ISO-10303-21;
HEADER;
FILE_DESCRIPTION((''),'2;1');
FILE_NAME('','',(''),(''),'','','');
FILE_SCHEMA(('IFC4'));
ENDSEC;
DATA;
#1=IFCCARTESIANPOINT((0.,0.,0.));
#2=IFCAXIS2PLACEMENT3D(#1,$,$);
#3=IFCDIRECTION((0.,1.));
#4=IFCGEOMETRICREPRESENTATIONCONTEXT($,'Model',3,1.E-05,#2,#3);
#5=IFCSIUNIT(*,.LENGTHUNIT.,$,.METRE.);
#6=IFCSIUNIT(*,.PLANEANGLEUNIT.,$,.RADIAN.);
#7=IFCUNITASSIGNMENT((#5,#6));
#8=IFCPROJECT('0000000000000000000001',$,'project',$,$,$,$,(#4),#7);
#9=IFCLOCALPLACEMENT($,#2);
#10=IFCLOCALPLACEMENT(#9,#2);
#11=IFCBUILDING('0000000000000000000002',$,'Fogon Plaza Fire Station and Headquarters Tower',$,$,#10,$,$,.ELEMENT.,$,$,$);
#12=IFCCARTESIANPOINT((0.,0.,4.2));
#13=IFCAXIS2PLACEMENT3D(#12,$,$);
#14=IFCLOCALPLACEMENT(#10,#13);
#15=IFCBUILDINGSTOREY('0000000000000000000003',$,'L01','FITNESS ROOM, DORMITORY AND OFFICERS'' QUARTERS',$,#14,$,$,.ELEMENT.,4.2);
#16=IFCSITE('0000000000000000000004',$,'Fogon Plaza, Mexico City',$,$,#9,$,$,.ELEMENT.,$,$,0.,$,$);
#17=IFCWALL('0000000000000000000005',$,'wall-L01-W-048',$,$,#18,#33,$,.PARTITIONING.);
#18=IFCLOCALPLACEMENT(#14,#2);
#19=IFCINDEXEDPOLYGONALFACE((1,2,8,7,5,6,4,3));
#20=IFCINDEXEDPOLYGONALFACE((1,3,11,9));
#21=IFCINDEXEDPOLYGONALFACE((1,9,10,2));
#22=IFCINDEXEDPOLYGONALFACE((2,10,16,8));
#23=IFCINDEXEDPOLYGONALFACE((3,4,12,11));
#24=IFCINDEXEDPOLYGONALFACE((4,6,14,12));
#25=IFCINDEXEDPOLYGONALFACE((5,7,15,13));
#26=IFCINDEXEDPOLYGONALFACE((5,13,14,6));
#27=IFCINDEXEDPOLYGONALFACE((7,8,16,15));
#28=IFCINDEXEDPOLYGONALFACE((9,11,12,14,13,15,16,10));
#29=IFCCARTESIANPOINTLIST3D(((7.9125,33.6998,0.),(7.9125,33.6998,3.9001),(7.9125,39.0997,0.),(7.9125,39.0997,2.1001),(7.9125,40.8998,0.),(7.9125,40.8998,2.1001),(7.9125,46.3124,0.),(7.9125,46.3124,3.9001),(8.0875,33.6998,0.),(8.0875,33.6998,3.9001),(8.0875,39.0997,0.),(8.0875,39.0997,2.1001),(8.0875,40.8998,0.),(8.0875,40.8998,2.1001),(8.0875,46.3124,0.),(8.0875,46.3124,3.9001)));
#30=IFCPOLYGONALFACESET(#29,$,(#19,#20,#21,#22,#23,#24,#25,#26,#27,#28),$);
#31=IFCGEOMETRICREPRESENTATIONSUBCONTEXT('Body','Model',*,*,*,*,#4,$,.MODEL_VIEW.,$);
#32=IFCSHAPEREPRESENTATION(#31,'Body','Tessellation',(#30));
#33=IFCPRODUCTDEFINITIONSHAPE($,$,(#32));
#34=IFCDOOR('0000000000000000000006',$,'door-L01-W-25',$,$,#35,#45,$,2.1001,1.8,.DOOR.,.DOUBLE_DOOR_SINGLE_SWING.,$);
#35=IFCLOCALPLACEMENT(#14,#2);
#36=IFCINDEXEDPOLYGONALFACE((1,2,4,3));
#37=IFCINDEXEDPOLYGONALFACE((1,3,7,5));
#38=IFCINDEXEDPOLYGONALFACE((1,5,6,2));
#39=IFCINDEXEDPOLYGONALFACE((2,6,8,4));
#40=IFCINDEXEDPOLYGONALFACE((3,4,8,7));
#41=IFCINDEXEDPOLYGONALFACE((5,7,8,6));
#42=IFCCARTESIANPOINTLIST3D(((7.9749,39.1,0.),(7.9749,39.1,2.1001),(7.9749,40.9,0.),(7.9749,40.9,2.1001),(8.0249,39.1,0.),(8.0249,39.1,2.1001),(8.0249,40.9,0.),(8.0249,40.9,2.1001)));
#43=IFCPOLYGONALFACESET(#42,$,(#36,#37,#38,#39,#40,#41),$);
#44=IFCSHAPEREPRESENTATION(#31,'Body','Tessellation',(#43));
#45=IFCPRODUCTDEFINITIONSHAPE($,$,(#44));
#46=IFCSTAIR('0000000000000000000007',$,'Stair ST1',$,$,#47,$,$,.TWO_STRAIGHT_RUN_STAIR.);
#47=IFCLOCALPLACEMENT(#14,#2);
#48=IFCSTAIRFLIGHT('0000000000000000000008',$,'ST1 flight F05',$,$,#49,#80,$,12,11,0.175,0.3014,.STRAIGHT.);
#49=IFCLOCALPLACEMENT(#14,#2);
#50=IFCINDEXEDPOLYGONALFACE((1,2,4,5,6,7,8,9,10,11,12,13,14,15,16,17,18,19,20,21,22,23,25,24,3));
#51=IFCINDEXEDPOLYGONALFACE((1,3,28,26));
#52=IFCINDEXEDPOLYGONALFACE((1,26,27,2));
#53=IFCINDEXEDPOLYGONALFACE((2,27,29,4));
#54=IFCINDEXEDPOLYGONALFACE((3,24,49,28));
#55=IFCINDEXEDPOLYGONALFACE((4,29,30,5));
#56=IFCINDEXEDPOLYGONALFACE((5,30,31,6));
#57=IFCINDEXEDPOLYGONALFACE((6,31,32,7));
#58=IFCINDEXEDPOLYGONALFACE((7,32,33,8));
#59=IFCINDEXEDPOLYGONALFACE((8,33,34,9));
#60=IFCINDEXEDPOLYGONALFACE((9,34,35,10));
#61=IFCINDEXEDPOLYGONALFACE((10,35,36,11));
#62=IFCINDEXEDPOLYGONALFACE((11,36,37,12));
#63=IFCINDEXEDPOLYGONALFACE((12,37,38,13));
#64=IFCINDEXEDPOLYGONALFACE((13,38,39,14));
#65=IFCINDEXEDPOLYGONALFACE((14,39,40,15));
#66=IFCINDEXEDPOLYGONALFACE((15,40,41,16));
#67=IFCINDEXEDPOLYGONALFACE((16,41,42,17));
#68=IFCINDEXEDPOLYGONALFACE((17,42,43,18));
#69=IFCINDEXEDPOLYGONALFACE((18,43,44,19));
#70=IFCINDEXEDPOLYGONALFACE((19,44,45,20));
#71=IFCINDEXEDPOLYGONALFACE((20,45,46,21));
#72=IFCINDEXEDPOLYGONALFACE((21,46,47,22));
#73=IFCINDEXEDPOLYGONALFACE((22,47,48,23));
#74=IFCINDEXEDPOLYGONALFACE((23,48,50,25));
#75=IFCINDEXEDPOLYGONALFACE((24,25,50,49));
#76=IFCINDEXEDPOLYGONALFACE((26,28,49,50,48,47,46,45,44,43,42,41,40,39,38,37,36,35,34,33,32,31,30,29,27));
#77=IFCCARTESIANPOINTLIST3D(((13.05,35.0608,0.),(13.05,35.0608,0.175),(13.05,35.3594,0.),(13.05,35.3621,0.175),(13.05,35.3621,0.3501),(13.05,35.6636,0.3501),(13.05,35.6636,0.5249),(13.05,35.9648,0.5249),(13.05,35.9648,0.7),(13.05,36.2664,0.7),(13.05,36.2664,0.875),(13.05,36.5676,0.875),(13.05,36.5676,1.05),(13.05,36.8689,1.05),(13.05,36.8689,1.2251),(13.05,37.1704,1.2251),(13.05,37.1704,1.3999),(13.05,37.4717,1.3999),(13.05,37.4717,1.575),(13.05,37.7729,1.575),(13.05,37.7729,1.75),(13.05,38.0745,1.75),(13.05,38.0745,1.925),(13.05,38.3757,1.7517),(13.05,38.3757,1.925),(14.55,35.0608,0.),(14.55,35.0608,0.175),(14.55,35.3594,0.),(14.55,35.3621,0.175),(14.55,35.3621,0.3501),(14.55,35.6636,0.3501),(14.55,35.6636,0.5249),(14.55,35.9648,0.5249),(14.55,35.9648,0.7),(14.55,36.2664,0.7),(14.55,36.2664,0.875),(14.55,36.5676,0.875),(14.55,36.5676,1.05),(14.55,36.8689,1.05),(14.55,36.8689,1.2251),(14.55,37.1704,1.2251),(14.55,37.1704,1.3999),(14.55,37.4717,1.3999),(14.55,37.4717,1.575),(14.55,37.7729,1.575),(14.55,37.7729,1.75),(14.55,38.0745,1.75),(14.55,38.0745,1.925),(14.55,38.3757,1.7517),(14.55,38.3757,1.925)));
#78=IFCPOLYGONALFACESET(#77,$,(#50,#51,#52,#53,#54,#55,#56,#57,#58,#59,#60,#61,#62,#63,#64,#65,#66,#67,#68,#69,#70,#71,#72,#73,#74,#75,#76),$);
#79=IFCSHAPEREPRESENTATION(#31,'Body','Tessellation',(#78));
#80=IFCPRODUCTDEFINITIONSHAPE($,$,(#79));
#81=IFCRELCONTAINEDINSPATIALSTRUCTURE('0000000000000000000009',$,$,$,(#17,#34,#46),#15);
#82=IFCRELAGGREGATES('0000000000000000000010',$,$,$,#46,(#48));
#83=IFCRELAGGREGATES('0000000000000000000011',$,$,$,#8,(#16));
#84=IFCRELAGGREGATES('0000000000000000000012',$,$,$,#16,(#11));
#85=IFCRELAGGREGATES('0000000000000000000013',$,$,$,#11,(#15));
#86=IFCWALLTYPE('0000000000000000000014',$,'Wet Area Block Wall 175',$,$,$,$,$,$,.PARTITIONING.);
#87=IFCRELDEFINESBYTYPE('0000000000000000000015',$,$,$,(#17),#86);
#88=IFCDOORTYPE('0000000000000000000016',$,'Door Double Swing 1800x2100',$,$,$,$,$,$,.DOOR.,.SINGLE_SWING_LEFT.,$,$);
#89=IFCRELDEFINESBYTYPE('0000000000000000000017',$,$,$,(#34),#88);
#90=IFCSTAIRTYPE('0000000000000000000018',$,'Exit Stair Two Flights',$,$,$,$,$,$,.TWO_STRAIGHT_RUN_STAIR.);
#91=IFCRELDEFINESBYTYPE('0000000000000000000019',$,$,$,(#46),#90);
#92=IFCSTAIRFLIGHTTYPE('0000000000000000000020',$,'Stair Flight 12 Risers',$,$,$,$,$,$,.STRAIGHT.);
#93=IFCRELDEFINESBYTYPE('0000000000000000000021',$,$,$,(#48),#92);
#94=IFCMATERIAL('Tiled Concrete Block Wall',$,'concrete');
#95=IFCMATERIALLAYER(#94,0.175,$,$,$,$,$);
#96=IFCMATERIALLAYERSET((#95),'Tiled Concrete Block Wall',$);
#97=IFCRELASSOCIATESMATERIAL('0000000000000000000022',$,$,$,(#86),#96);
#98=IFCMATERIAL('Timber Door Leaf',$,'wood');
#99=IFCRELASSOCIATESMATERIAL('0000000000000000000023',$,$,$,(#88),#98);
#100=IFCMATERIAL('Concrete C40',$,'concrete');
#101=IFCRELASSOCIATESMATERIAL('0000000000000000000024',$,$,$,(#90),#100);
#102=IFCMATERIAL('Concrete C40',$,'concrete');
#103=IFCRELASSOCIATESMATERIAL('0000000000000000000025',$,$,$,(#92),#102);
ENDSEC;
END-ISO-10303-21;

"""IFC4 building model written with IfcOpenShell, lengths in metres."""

from ifc_helpers import new_model, si_unit, direction, frame, frame_2d, origin, place, context, subcontext, project, spatial, polyline, rectangle, outline, extrude, material, layer, layer_set, type_object, element, fill, aggregate, save


model = new_model("IFC4")

# Units and contexts
model_context = context("Model", 3, precision=1e-05, world=origin(), true_north=direction((0.0, 1.0)))
body_context = subcontext(model_context, "Body", "Model", "MODEL_VIEW")
ifc_project = project(units=[si_unit("LENGTHUNIT", "METRE"), si_unit("PLANEANGLEUNIT", "RADIAN")], contexts=[model_context])

# Site, building, storey
site_placement = place(None, origin())
site = spatial("IfcSite", under=ifc_project, at=site_placement, Name="Fogon Plaza, Mexico City", CompositionType="ELEMENT", RefElevation=0.0)
building_placement = place(site_placement, origin())
building = spatial("IfcBuilding", under=site, at=building_placement, Name="Fogon Plaza Fire Station and Headquarters Tower", CompositionType="ELEMENT")
storey_placement = place(building_placement, frame((0.0, 0.0, 4.2)))
storey = spatial("IfcBuildingStorey", under=building, at=storey_placement, Name="L01", Description="FITNESS ROOM, DORMITORY AND OFFICERS' QUARTERS", CompositionType="ELEMENT", Elevation=4.2)

# Shared definitions
ifc_material_1 = material(Name="Tiled Concrete Block Wall", Category="concrete")
ifc_layer_1 = layer(ifc_material_1, 0.175)
ifc_layer_set_1 = layer_set([ifc_layer_1], Name="Tiled Concrete Block Wall")
wall_type_1 = type_object("IfcWallType", Name="Wet Area Block Wall 175", PredefinedType="PARTITIONING", material=ifc_layer_set_1)

# Wall, opening, door
wall_1_placement = place(storey_placement, frame((8.0, 33.7, 0.0), z_axis=(0.0, 0.0, 1.0), x_axis=(0.0, 1.0, 0.0)))
wall_1 = element("IfcWall", 1, at=wall_1_placement, inside=storey, type_object=wall_type_1, Name="wall-L01-W-048", PredefinedType="PARTITIONING", context=body_context, shape_type="SweptSolid", body=[
    extrude(rectangle(XDim=12.6125, YDim=0.175, at=frame_2d((6.3062, 0.0))), origin(), (0.0, 0.0, 1.0), 3.9001),
])
opening_1_placement = place(wall_1_placement, frame((5.3999, 0.0, 0.0)))
opening_1 = element("IfcOpeningElement", 2, at=opening_1_placement, cuts=wall_1, PredefinedType="OPENING", context=body_context, shape_type="SweptSolid", body=[
    extrude(rectangle(XDim=1.8, YDim=2.1001, at=frame_2d((0.8999, 1.05))), frame((0.0, 0.0974, 0.0), z_axis=(0.0, -1.0, 0.0), x_axis=(1.0, 0.0, 0.0)), (0.0, 0.0, 1.0), 0.1951),
])
ifc_material_2 = material(Name="Timber Door Leaf", Category="wood")
door_type_1 = type_object("IfcDoorType", Name="Door Double Swing 1800x2100", OperationType="SINGLE_SWING_LEFT", PredefinedType="DOOR", material=ifc_material_2)
door_1_placement = place(opening_1_placement, frame((1.8, 0.0, 0.0), z_axis=(0.0, 0.0, 1.0), x_axis=(-1.0, 0.0, 0.0)))
door_1 = element("IfcDoor", 3, at=door_1_placement, inside=storey, type_object=door_type_1, Name="door-L01-W-25", OperationType="DOUBLE_DOOR_SINGLE_SWING", OverallHeight=2.1001, OverallWidth=1.8, PredefinedType="DOOR", context=body_context, shape_type="SweptSolid", body=[
    extrude(rectangle(XDim=1.8, YDim=2.1001, at=frame_2d((0.8999, 1.05))), frame((0.0, 0.0249, 0.0), z_axis=(0.0, -1.0, 0.0), x_axis=(1.0, 0.0, 0.0)), (0.0, 0.0, 1.0), 0.05),
])
fill(opening_1, door_1)

# Stair, stair flight
ifc_material_3 = material(Name="Concrete C40", Category="concrete")
stair_type = type_object("IfcStairType", Name="Exit Stair Two Flights", PredefinedType="TWO_STRAIGHT_RUN_STAIR", material=ifc_material_3)
stair_placement = place(storey_placement, origin())
stair = element("IfcStair", 4, at=stair_placement, inside=storey, type_object=stair_type, Name="Stair ST1", PredefinedType="TWO_STRAIGHT_RUN_STAIR")
ifc_material_4 = material(Name="Concrete C40", Category="concrete")
stair_flight_type = type_object("IfcStairFlightType", Name="Stair Flight 12 Risers", PredefinedType="STRAIGHT", material=ifc_material_4)
stair_flight_placement = place(storey_placement, frame((13.8, 35.0608, 0.0), z_axis=(0.0, 0.0, 1.0), x_axis=(0.0, 1.0, 0.0)))
stair_flight = element("IfcStairFlight", 5, at=stair_flight_placement, type_object=stair_flight_type, Name="ST1 flight F05", NumberOfRisers=12, NumberOfTreads=11, PredefinedType="STRAIGHT", RiserHeight=0.175, TreadLength=0.3014, context=body_context, shape_type="SweptSolid", body=[
    extrude(outline(polyline([(0.0, 0.0), (0.0, 0.175), (0.3013, 0.175), (0.3013, 0.3501), (0.6028, 0.3501), (0.6028, 0.5249), (0.9041, 0.5249), (0.9041, 0.7), (1.2056, 0.7), (1.2056, 0.875), (1.5068, 0.875), (1.5068, 1.05), (1.8081, 1.05), (1.8081, 1.2251), (2.1096, 1.2251), (2.1096, 1.3999), (2.4109, 1.3999), (2.4109, 1.575), (2.7122, 1.575), (2.7122, 1.75), (3.0137, 1.75), (3.0137, 1.925), (3.3149, 1.925), (3.3149, 2.1001), (3.3149, 1.7517), (0.2986, 0.0), (0.0, 0.0)])), frame((0.0, 0.75, 0.0), z_axis=(0.0, -1.0, 0.0), x_axis=(1.0, 0.0, 0.0)), (0.0, 0.0, 1.0), 1.5),
])
aggregate(stair, [stair_flight])

save(model, "model.ifc")
